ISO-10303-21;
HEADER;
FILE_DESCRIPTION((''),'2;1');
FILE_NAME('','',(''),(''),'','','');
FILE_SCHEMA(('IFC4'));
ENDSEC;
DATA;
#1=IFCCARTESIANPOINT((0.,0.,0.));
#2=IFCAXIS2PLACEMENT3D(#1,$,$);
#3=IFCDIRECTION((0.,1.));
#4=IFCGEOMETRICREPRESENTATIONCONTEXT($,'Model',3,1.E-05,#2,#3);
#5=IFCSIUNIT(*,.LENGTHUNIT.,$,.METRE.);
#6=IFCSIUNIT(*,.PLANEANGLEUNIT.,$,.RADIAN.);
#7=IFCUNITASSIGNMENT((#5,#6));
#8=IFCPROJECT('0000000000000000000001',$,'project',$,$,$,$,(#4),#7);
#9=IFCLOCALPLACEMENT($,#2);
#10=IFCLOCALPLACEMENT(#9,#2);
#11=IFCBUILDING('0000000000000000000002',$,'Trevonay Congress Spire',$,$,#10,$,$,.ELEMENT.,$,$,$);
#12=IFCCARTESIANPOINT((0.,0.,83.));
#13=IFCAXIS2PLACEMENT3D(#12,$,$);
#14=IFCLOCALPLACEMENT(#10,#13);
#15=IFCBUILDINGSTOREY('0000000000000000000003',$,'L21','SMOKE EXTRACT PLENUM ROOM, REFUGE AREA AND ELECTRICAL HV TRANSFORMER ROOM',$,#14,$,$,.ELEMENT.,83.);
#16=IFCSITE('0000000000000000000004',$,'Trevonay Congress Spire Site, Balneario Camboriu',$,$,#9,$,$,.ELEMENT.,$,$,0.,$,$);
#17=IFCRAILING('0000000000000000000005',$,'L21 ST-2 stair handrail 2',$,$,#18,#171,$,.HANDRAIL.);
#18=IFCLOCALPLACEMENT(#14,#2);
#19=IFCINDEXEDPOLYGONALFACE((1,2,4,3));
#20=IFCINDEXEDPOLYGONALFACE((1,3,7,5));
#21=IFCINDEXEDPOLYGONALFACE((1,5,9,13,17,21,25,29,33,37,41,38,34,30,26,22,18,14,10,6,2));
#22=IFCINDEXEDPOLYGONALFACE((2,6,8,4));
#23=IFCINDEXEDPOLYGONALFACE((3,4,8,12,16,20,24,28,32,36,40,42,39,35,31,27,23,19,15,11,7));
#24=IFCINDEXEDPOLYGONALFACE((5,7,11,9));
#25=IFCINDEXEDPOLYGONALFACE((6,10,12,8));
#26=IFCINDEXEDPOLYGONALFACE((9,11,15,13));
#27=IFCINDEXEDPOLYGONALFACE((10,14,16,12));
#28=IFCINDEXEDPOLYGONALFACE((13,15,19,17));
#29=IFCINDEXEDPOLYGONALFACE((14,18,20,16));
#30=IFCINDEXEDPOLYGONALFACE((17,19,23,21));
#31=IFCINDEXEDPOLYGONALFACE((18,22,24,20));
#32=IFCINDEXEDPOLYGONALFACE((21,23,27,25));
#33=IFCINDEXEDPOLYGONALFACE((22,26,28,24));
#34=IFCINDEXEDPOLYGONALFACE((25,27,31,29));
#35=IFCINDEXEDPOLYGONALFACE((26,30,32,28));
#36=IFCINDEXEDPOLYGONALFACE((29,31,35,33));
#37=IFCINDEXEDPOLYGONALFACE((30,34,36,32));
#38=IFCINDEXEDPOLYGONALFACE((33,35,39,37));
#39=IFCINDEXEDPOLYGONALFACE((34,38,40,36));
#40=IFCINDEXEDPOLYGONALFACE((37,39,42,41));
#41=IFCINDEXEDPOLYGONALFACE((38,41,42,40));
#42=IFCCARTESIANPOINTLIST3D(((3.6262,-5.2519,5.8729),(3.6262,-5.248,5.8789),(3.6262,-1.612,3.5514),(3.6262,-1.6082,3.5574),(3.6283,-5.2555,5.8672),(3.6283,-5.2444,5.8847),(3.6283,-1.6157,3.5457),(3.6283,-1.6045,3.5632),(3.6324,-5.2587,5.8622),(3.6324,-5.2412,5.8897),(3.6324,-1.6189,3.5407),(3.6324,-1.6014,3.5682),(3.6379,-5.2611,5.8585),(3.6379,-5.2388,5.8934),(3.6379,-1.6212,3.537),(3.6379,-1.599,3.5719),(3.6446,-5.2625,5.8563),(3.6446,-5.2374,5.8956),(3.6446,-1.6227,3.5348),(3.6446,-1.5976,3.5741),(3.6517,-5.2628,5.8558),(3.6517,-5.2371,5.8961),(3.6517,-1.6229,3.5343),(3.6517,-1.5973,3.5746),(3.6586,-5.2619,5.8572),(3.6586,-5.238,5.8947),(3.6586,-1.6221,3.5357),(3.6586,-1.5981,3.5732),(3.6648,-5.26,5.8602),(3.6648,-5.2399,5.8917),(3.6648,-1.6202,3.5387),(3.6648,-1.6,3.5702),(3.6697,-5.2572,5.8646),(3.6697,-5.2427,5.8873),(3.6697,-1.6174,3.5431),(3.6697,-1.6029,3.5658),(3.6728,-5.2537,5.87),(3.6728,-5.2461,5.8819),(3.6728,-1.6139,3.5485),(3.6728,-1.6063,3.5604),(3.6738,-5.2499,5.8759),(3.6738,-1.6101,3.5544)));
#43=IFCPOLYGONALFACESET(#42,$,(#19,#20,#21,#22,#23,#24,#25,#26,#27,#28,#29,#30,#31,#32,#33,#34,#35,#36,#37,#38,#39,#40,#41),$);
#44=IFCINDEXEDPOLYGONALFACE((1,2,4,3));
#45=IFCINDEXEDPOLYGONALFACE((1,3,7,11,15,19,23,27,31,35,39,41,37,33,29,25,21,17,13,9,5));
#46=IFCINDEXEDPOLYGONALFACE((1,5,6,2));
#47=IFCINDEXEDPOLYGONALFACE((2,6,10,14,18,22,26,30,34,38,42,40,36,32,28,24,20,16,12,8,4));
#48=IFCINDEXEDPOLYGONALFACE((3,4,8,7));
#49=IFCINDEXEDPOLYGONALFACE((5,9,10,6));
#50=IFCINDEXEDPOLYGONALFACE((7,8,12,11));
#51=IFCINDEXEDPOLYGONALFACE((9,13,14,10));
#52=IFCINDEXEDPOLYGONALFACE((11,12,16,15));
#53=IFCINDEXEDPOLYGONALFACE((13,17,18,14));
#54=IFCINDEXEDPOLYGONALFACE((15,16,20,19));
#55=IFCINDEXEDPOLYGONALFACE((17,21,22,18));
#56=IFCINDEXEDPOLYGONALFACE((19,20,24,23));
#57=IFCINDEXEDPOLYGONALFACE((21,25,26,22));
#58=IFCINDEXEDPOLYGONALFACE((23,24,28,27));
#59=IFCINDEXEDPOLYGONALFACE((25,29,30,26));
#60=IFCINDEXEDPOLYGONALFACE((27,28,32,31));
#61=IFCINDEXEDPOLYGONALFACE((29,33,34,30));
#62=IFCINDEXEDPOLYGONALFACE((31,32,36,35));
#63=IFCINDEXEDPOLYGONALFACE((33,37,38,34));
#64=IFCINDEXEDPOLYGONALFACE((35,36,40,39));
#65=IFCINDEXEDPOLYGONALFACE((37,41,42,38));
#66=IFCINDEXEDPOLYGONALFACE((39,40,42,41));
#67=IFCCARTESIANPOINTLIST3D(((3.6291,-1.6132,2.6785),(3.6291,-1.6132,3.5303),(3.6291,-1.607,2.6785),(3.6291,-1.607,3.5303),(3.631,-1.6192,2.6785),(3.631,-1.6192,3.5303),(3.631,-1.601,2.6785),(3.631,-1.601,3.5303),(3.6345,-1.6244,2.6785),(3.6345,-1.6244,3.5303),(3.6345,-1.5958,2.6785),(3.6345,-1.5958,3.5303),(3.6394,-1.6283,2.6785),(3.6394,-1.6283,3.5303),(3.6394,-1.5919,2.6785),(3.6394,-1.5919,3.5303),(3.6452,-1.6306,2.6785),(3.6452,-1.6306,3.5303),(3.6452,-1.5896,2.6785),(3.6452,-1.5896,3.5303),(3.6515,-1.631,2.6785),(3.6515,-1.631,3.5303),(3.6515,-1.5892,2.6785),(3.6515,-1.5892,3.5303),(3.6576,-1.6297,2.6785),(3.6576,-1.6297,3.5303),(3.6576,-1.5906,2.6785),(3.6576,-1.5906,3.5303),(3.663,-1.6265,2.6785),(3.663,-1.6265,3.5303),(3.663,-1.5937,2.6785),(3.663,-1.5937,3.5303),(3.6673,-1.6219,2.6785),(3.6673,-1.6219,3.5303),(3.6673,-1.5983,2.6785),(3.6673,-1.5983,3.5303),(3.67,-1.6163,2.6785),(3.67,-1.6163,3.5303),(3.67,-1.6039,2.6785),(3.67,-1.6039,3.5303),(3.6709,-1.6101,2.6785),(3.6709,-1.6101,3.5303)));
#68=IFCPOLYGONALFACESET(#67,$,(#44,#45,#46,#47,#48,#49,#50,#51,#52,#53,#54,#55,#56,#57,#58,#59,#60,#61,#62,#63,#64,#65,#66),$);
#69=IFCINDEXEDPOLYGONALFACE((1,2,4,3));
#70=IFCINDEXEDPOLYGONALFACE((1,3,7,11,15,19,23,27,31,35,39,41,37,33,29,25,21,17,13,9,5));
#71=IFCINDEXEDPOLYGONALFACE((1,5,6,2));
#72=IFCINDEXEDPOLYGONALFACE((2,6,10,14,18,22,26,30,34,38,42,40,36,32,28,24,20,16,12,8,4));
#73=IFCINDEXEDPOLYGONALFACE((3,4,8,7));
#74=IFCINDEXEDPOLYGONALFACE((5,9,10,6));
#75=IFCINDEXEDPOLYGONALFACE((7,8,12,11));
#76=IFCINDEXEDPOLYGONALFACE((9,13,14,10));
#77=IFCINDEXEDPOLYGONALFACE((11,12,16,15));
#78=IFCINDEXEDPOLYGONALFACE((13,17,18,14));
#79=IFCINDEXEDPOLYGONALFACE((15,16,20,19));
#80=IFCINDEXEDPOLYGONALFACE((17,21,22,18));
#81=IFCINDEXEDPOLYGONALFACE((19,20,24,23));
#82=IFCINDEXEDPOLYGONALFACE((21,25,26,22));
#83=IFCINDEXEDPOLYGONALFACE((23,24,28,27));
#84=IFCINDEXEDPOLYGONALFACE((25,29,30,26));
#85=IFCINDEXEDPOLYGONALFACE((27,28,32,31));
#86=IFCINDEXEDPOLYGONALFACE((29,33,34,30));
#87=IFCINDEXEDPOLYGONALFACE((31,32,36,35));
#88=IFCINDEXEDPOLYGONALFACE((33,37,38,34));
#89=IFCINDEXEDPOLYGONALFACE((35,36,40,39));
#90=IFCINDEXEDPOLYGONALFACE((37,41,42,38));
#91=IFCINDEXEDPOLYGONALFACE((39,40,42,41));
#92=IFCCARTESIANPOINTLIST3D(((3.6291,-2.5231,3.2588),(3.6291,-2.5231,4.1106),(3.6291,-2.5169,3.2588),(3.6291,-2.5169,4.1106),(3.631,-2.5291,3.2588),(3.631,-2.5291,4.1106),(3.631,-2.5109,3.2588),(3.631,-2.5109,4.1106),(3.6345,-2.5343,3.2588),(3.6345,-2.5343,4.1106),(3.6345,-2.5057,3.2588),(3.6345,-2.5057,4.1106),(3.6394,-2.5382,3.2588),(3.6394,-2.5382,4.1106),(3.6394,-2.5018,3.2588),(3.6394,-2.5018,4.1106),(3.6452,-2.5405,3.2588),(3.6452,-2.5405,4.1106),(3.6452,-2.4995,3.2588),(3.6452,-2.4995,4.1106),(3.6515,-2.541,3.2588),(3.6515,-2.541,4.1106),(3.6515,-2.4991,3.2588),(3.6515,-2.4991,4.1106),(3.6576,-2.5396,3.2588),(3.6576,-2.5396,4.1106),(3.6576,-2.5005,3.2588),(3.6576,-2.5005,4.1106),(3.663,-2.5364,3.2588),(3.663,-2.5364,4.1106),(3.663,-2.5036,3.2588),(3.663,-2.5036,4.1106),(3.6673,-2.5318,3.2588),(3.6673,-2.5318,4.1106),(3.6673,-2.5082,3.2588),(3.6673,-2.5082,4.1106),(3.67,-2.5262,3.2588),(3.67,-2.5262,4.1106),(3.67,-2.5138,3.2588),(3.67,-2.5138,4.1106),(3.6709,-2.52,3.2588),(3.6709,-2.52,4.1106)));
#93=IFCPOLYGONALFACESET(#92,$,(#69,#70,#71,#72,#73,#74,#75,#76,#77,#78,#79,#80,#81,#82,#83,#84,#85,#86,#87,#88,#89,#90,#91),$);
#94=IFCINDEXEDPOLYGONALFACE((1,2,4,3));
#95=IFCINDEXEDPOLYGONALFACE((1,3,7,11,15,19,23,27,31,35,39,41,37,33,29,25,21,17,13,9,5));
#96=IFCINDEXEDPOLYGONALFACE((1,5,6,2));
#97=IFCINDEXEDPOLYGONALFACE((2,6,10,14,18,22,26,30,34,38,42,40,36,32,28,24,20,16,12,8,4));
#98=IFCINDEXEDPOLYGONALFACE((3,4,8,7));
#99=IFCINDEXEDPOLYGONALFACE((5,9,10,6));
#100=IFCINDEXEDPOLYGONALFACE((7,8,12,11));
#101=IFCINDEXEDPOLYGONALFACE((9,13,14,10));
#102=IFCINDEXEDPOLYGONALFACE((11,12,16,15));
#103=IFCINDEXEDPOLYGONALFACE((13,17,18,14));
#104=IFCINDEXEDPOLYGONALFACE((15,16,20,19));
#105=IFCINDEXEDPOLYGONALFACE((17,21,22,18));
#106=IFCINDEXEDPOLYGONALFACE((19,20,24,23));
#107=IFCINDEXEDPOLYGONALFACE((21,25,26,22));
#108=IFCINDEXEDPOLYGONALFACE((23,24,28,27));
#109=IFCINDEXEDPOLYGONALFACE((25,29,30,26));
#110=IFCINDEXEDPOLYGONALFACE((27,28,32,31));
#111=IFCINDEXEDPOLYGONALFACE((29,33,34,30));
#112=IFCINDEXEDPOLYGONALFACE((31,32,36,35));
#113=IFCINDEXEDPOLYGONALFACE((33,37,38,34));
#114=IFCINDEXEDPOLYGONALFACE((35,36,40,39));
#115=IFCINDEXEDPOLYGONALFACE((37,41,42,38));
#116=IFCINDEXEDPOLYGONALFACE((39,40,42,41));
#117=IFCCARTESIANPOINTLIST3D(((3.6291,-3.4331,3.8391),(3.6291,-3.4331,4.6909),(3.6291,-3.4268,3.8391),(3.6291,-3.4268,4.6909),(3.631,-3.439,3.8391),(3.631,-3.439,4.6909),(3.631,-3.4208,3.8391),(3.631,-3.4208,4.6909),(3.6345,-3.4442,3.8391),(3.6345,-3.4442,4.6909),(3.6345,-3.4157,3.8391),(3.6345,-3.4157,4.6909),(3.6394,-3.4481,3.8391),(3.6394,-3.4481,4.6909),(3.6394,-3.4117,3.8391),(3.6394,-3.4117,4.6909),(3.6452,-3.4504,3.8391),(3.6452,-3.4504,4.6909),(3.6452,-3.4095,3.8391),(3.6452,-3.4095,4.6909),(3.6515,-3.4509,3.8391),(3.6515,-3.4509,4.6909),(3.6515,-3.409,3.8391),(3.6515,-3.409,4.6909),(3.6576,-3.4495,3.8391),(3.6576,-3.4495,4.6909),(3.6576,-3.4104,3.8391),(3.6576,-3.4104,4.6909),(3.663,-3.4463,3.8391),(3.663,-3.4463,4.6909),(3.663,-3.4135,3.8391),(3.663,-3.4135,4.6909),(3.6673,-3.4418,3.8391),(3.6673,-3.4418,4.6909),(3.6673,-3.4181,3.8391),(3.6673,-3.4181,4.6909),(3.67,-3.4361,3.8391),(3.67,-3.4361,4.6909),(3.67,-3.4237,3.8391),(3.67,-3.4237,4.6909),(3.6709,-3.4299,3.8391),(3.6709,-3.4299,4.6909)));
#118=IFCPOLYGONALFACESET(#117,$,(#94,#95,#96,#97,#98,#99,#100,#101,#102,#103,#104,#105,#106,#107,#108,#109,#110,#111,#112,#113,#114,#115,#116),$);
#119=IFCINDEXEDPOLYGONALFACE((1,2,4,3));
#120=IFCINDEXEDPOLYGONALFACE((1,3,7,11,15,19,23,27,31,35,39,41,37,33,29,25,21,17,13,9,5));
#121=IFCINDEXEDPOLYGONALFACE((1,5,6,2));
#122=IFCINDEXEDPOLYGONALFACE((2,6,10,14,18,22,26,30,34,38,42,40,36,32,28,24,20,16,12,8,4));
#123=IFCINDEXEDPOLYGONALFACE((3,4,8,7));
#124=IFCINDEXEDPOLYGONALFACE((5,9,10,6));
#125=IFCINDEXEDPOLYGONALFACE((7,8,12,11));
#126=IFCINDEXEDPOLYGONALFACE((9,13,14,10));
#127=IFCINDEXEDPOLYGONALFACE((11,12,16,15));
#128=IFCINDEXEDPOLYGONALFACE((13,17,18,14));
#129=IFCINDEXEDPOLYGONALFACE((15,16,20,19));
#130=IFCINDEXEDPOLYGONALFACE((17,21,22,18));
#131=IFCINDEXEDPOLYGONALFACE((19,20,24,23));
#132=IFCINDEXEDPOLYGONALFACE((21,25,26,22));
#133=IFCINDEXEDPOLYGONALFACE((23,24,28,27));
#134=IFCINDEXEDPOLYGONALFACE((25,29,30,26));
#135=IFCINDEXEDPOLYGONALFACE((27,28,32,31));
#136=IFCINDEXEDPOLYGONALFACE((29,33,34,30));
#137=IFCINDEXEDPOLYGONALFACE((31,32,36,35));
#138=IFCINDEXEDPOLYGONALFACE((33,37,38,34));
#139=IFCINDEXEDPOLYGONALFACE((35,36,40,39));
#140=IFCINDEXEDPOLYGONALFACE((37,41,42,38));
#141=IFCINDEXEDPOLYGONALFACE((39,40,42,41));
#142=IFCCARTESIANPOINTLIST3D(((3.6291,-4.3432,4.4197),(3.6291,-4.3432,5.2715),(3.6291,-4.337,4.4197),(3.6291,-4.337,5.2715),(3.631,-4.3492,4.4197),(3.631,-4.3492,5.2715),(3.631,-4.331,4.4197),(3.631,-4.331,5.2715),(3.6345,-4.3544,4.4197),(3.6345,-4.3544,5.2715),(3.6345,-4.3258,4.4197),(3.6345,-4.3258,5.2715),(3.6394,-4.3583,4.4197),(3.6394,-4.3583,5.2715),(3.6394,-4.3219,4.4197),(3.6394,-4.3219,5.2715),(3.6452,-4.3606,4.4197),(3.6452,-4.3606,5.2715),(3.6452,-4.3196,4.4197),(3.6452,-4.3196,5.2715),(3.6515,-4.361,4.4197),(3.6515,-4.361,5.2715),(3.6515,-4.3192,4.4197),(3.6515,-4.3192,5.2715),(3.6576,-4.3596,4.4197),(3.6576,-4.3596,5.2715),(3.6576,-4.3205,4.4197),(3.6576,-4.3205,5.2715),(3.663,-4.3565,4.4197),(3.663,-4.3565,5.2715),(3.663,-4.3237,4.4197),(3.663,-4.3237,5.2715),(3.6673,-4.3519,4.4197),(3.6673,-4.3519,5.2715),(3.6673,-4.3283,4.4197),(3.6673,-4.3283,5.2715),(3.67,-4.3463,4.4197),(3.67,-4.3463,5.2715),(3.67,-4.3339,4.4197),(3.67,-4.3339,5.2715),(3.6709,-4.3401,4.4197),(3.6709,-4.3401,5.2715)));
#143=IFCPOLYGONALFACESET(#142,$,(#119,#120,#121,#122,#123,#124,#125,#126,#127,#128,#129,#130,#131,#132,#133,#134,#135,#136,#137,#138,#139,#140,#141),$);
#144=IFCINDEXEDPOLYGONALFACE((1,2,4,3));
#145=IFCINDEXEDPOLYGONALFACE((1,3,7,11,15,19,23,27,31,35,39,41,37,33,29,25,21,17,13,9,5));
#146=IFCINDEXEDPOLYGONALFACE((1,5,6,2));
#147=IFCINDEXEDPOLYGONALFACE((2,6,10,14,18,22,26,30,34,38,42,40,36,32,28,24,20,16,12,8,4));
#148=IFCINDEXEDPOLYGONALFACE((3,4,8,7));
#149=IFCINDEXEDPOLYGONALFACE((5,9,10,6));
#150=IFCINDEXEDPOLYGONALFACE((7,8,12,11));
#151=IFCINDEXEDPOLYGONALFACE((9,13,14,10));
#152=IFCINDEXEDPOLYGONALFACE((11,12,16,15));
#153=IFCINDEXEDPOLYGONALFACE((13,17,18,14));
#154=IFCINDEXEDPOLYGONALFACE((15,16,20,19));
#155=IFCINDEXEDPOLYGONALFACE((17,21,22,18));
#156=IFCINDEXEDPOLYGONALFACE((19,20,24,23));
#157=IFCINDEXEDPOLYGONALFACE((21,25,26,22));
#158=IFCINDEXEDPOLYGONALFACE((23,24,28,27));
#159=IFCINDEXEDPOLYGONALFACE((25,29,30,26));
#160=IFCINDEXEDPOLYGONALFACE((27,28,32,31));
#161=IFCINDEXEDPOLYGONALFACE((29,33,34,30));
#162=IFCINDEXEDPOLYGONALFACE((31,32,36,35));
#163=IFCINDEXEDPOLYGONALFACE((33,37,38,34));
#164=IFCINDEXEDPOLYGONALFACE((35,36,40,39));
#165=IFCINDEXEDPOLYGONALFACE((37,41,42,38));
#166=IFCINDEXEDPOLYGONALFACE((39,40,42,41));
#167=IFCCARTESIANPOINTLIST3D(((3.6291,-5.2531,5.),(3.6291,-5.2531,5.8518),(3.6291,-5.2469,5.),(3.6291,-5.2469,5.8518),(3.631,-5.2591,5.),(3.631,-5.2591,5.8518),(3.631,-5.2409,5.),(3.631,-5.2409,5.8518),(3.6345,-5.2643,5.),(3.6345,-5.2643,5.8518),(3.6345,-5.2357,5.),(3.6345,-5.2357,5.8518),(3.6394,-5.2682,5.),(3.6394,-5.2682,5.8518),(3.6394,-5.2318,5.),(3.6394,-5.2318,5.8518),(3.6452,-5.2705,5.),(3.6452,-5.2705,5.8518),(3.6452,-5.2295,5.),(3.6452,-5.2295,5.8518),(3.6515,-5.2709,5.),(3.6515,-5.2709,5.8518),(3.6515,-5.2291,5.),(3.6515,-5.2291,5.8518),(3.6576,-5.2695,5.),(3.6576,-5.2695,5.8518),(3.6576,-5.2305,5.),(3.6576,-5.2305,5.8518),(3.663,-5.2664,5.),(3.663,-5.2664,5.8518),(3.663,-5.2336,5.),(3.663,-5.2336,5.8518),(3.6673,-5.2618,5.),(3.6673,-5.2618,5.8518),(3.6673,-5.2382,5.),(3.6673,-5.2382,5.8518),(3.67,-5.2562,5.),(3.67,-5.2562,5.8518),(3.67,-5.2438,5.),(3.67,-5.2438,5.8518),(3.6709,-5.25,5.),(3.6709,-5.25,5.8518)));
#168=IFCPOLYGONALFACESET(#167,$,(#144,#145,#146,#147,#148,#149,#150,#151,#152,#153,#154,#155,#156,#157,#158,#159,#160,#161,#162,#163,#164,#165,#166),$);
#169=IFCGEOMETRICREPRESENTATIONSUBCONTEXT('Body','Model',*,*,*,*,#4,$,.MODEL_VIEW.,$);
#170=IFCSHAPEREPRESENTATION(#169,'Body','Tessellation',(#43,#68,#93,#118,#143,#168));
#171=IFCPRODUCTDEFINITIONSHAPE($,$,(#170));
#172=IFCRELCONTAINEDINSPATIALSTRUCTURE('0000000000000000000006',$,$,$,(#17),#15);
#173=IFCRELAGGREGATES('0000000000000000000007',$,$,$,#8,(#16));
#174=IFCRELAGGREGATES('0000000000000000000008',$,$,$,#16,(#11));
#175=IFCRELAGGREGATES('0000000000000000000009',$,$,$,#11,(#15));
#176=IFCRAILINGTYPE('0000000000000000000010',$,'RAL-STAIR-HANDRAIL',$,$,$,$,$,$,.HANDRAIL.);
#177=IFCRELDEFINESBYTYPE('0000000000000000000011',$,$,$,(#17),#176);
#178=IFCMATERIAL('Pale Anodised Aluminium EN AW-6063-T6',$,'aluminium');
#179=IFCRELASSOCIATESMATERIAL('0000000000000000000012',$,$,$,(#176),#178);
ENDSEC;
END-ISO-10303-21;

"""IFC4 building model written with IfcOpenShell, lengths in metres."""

from ifc_helpers import new_model, si_unit, direction, frame, origin, origin_2d, place, context, subcontext, project, spatial, circle, extrude, material, type_object, element, save


model = new_model("IFC4")

# Units and contexts
model_context = context("Model", 3, precision=1e-05, world=origin(), true_north=direction((0.0, 1.0)))
body_context = subcontext(model_context, "Body", "Model", "MODEL_VIEW")
ifc_project = project(units=[si_unit("LENGTHUNIT", "METRE"), si_unit("PLANEANGLEUNIT", "RADIAN")], contexts=[model_context])

# Site, building, storey
site_placement = place(None, origin())
site = spatial("IfcSite", under=ifc_project, at=site_placement, Name="Trevonay Congress Spire Site, Balneario Camboriu", CompositionType="ELEMENT", RefElevation=0.0)
building_placement = place(site_placement, origin())
building = spatial("IfcBuilding", under=site, at=building_placement, Name="Trevonay Congress Spire", CompositionType="ELEMENT")
storey_placement = place(building_placement, frame((0.0, 0.0, 83.0)))
storey = spatial("IfcBuildingStorey", under=building, at=storey_placement, Name="L21", Description="SMOKE EXTRACT PLENUM ROOM, REFUGE AREA AND ELECTRICAL HV TRANSFORMER ROOM", CompositionType="ELEMENT", Elevation=83.0)

# Shared definitions
ifc_material_1 = material(Name="Pale Anodised Aluminium EN AW-6063-T6", Category="aluminium")

# Railing
railing_type_1 = type_object("IfcRailingType", Name="RAL-STAIR-HANDRAIL", PredefinedType="HANDRAIL", material=ifc_material_1)
railing_1_placement = place(storey_placement, frame((3.6499, -1.6101, 2.6785)))
element("IfcRailing", 1, at=railing_1_placement, inside=storey, type_object=railing_type_1, Name="L21 ST-2 stair handrail 2", PredefinedType="HANDRAIL", context=body_context, shape_type="SweptSolid", body=[
    extrude(circle(Radius=0.0239, at=origin_2d()), frame((0.0, 0.0, 0.876), z_axis=(0.0, -0.843112, 0.537739), x_axis=(1.0, 0.0, 0.0)), (0.0, 0.0, 1.0), 4.3171),
    extrude(circle(Radius=0.021, at=origin_2d()), origin(), (0.0, 0.0, 1.0), 0.8518),
    extrude(circle(Radius=0.021, at=origin_2d()), frame((0.0, -0.9099, 0.5803)), (0.0, 0.0, 1.0), 0.8518),
    extrude(circle(Radius=0.021, at=origin_2d()), frame((0.0, -1.8198, 1.1606)), (0.0, 0.0, 1.0), 0.8518),
    extrude(circle(Radius=0.021, at=origin_2d()), frame((0.0, -2.73, 1.7412)), (0.0, 0.0, 1.0), 0.8518),
    extrude(circle(Radius=0.021, at=origin_2d()), frame((0.0, -3.6399, 2.3215)), (0.0, 0.0, 1.0), 0.8518),
])

save(model, "model.ifc")
